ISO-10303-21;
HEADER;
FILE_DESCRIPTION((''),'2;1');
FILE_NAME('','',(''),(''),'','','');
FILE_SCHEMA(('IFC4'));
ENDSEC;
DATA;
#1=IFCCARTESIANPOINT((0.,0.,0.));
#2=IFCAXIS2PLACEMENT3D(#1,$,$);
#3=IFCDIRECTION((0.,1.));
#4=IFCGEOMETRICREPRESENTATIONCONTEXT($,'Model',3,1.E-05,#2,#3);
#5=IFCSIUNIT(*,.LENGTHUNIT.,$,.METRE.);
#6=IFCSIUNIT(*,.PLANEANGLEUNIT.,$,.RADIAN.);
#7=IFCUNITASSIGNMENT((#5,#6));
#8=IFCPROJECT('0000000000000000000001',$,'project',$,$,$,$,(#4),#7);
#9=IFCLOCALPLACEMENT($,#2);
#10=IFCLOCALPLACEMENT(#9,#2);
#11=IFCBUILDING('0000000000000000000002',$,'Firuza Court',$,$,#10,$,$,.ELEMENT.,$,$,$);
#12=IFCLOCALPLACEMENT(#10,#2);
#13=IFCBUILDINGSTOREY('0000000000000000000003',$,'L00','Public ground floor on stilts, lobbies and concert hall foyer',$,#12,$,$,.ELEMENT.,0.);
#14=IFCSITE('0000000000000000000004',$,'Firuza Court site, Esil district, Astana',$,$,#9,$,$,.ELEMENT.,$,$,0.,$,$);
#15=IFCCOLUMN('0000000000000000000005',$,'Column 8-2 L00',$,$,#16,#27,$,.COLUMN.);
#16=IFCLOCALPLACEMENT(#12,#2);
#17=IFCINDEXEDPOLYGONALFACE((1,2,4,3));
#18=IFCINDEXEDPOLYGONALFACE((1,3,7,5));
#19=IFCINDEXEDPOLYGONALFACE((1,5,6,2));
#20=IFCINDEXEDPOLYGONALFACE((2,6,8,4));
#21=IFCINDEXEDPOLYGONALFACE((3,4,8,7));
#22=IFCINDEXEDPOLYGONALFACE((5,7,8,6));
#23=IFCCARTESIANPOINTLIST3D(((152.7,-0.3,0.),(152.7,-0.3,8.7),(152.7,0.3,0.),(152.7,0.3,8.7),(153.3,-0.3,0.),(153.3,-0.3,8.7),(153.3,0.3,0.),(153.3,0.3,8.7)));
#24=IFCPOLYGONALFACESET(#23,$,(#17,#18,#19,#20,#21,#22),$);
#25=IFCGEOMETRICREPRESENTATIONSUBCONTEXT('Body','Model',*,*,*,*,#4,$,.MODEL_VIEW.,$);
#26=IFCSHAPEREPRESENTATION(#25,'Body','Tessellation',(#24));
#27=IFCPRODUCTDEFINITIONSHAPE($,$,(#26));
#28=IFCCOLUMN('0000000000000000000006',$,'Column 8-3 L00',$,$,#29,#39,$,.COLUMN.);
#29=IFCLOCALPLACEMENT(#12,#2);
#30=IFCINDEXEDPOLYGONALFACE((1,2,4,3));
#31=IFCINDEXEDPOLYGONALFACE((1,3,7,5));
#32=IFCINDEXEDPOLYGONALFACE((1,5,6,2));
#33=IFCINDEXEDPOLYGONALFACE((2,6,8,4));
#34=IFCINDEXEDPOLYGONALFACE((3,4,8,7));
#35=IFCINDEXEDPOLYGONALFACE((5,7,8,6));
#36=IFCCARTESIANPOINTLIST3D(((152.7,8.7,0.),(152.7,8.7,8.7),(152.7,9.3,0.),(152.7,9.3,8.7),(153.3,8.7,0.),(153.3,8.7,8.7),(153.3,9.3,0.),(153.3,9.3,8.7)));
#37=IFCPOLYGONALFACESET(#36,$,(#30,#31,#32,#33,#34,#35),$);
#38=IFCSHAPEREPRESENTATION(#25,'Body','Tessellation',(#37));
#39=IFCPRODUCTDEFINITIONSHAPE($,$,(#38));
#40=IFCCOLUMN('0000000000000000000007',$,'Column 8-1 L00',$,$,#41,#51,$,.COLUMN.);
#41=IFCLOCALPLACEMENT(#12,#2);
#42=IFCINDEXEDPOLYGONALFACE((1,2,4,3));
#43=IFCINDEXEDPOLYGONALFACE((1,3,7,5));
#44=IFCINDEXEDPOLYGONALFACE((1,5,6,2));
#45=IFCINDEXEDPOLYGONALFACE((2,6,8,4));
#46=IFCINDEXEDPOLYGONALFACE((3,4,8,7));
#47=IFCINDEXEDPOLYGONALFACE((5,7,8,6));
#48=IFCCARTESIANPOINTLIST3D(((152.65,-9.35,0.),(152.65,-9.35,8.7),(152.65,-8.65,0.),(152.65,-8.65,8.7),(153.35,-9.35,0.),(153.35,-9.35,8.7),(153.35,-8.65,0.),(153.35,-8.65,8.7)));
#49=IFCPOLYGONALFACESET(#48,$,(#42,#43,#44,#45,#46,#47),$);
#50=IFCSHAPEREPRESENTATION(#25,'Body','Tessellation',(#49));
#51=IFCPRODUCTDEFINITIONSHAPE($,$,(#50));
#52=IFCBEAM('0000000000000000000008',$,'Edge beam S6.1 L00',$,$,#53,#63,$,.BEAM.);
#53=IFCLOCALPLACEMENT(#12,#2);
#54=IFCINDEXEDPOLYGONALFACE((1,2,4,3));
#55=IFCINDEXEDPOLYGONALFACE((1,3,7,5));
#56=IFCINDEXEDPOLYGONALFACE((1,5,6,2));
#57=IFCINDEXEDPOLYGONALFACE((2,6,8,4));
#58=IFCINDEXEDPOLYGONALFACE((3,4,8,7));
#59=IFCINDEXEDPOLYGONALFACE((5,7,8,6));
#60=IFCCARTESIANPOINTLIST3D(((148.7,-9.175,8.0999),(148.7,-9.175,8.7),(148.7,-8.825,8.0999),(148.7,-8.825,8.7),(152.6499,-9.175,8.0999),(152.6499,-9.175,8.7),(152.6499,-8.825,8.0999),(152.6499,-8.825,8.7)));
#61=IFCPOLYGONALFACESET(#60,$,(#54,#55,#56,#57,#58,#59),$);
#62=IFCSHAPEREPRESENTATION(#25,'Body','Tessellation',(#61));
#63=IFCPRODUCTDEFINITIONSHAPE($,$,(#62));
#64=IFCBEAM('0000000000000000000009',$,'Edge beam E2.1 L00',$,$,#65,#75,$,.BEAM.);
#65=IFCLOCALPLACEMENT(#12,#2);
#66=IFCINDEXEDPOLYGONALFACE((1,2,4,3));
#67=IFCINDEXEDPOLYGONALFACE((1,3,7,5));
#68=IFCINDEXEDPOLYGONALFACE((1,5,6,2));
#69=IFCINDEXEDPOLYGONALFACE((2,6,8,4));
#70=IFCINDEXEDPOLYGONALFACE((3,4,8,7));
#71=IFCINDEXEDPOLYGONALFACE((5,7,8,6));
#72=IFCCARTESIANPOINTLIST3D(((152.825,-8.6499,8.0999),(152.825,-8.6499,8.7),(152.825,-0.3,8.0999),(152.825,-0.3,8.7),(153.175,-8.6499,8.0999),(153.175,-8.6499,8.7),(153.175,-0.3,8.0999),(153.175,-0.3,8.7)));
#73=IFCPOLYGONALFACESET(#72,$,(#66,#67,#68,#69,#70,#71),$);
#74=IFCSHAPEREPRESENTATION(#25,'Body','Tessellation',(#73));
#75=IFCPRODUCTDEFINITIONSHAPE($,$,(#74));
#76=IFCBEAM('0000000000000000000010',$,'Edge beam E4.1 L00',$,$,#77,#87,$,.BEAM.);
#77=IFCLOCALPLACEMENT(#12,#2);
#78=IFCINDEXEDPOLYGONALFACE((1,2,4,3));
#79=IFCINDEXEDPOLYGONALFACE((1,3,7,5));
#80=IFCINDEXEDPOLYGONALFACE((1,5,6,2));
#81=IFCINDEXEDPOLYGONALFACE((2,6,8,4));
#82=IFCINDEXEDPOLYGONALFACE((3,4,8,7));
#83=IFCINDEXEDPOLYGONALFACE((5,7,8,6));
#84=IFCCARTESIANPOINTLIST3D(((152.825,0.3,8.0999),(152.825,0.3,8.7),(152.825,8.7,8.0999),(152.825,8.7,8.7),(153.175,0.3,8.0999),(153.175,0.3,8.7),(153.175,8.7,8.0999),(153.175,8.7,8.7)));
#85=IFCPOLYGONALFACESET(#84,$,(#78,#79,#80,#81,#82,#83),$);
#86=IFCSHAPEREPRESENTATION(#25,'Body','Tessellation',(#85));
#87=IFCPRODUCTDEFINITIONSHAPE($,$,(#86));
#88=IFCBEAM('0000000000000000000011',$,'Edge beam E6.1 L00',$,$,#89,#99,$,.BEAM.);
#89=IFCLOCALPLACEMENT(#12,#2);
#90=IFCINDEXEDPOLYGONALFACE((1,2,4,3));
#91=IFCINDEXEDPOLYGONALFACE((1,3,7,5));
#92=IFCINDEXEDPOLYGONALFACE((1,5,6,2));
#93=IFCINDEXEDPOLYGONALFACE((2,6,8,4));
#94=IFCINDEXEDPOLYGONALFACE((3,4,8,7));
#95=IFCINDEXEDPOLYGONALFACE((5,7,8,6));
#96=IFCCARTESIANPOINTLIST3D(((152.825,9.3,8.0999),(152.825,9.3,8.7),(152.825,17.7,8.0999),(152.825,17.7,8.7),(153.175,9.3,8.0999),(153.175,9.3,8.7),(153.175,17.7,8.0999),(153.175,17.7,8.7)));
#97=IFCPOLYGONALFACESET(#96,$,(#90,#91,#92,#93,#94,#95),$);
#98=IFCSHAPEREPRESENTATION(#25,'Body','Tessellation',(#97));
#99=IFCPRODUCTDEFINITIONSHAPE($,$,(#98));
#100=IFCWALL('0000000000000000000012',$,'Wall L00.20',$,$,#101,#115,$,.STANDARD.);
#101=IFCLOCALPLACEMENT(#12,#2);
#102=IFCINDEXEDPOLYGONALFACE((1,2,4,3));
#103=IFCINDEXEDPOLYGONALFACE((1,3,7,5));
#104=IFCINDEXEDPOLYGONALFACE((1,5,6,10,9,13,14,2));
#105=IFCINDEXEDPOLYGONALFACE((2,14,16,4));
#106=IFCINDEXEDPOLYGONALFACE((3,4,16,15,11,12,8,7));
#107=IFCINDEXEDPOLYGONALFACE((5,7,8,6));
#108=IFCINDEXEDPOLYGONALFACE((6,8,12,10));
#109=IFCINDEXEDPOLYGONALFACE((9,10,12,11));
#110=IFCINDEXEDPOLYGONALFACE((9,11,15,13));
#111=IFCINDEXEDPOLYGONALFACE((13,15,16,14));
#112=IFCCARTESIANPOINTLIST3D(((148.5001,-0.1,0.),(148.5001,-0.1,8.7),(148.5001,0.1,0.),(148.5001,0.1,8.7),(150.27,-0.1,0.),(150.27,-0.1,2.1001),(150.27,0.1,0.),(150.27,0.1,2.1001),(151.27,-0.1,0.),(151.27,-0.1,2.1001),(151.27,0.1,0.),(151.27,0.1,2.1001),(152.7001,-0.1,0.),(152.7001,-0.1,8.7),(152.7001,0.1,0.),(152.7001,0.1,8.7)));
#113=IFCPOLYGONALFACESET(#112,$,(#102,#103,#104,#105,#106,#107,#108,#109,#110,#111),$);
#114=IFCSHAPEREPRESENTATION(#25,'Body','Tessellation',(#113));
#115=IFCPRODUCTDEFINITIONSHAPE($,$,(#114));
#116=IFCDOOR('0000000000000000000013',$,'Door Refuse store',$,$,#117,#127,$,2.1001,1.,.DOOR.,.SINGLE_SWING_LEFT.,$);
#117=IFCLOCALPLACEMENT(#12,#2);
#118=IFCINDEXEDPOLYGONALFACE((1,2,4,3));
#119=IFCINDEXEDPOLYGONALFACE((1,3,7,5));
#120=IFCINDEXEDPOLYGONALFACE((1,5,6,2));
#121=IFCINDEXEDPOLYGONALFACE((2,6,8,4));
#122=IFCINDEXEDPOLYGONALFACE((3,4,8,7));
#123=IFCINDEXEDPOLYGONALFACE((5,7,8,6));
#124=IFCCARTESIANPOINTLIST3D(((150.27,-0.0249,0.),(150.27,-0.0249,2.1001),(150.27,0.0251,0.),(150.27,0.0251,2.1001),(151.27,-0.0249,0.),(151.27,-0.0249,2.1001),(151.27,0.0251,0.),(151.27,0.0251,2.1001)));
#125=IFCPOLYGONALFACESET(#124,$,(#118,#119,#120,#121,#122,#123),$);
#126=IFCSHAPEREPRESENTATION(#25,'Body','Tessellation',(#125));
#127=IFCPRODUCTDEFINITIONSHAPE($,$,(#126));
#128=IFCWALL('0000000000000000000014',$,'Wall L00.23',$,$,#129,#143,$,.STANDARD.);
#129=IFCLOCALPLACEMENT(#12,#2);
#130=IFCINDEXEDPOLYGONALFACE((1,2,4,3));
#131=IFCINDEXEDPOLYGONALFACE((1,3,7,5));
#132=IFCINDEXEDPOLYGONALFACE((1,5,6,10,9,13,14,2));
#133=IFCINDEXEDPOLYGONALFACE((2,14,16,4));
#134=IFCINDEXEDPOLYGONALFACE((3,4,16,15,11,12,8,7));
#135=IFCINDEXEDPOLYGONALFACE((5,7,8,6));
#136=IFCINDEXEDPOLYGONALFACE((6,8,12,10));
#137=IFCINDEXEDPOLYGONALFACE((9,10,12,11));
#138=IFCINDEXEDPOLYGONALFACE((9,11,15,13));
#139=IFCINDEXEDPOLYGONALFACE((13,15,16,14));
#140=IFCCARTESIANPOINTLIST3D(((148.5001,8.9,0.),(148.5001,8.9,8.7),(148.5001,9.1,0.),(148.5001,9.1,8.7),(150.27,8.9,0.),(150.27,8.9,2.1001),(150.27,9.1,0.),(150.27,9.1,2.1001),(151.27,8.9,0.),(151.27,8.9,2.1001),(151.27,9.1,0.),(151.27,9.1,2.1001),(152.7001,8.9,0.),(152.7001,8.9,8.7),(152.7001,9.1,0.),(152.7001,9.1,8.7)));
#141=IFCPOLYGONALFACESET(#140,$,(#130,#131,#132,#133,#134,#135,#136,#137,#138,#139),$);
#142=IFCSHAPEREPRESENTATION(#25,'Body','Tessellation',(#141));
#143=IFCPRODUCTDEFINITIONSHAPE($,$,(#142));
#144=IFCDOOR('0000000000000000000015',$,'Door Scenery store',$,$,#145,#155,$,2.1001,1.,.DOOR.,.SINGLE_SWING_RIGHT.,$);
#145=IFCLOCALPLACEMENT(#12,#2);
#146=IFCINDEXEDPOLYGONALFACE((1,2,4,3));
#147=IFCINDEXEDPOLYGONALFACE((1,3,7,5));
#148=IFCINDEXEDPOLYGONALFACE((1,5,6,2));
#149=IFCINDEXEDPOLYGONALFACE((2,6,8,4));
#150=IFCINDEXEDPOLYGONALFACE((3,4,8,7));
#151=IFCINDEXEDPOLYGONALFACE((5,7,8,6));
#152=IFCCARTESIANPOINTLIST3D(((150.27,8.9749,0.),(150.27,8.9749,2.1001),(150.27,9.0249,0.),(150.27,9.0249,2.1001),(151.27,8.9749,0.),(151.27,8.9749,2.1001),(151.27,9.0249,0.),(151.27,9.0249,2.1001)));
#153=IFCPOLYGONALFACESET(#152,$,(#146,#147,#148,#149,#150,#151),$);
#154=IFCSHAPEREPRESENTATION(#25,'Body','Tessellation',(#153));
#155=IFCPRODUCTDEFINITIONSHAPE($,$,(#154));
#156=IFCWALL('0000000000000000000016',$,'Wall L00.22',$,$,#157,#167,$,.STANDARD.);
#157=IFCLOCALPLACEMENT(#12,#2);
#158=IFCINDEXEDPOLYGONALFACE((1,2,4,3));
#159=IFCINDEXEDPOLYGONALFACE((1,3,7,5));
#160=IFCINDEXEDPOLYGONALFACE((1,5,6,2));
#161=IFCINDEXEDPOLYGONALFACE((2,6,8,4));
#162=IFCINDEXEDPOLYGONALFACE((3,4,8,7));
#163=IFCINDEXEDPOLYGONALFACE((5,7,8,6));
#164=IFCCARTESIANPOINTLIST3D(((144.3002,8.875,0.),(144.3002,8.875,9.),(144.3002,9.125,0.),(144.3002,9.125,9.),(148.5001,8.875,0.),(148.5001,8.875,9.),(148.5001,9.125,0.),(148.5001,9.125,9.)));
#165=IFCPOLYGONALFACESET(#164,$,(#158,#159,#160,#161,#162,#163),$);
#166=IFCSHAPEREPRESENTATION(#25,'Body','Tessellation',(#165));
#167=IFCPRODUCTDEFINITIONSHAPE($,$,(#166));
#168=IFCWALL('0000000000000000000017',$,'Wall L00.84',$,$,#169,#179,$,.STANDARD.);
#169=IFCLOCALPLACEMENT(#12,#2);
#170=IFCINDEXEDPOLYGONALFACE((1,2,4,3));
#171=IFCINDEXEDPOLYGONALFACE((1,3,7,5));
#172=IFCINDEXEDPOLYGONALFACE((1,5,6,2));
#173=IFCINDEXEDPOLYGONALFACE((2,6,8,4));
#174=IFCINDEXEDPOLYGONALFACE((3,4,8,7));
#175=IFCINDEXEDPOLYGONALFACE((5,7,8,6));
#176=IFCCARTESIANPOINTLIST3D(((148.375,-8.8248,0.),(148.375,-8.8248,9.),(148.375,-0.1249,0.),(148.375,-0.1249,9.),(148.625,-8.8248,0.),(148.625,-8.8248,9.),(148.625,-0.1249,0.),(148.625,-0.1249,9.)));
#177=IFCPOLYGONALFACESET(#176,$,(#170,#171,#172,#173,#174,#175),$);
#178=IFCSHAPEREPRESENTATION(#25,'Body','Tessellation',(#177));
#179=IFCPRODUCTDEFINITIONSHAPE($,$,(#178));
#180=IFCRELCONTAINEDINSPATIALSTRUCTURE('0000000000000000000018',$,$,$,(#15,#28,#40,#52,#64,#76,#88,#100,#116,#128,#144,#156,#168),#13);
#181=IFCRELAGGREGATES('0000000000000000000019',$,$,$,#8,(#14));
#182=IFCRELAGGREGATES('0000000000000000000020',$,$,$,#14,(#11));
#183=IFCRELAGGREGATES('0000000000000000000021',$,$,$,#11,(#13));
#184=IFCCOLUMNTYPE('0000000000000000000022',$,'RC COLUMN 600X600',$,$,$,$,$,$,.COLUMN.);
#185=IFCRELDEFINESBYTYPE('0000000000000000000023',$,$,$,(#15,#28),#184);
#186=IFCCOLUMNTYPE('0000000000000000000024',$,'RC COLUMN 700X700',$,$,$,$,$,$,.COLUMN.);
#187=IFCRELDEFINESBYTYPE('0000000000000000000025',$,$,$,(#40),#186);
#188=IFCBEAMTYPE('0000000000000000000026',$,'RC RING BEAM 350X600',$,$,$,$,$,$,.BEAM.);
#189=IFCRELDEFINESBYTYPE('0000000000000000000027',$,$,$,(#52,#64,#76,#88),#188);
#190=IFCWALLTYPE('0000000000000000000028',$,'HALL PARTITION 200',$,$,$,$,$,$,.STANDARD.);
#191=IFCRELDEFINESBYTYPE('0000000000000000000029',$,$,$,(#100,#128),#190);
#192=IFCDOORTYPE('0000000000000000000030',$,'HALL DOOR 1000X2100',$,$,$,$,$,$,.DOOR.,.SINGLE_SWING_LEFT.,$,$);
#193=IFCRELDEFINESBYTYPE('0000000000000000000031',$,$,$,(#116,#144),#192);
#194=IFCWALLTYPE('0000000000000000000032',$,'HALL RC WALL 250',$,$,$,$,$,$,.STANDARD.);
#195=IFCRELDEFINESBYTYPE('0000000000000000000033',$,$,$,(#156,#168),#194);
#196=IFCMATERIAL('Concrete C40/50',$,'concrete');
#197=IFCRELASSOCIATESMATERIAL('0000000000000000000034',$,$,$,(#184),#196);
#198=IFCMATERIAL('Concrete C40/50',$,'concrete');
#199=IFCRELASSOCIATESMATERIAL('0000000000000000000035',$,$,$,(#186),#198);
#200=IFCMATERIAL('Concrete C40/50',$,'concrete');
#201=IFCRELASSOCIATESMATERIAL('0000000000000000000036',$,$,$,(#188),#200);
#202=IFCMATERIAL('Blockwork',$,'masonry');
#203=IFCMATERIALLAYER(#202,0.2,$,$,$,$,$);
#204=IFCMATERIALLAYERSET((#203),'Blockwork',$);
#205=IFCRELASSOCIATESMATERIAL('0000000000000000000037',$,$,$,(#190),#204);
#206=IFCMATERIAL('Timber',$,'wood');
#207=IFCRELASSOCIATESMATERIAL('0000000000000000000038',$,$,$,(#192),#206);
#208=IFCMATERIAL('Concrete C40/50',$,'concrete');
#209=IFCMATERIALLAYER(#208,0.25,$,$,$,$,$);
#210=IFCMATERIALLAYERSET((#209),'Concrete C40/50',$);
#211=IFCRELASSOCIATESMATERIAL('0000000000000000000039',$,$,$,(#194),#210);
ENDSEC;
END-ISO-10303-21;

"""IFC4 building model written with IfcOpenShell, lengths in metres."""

from ifc_helpers import new_model, si_unit, direction, frame, frame_2d, origin, origin_2d, place, context, subcontext, project, spatial, rectangle, extrude, material, layer, layer_set, material_profile, profile_set, type_object, element, fill, save


model = new_model("IFC4")

# Units and contexts
model_context = context("Model", 3, precision=1e-05, world=origin(), true_north=direction((0.0, 1.0)))
body_context = subcontext(model_context, "Body", "Model", "MODEL_VIEW")
ifc_project = project(units=[si_unit("LENGTHUNIT", "METRE"), si_unit("PLANEANGLEUNIT", "RADIAN")], contexts=[model_context])

# Site, building, storey
site_placement = place(None, origin())
site = spatial("IfcSite", under=ifc_project, at=site_placement, Name="Firuza Court site, Esil district, Astana", CompositionType="ELEMENT", RefElevation=0.0)
building_placement = place(site_placement, origin())
building = spatial("IfcBuilding", under=site, at=building_placement, Name="Firuza Court", CompositionType="ELEMENT")
storey_placement = place(building_placement, origin())
storey = spatial("IfcBuildingStorey", under=building, at=storey_placement, Name="L00", Description="Public ground floor on stilts, lobbies and concert hall foyer", CompositionType="ELEMENT", Elevation=0.0)

# Columns
ifc_material_1 = material(Name="Concrete C40/50", Category="concrete")
ifc_material_profile_1 = material_profile(ifc_material_1, rectangle(XDim=0.6001, YDim=0.6001, at=origin_2d()), Name="RC 600X600")
ifc_profile_set_1 = profile_set([ifc_material_profile_1], Name="Concrete C40/50")
column_type_1 = type_object("IfcColumnType", Name="RC COLUMN 600X600", PredefinedType="COLUMN", material=ifc_profile_set_1)
for number, where, z_axis, x_axis, name in (
    (1, (153.0, 0.0, 0.0), (0.0, 0.0, 1.0), (1.0, 0.0, 0.0), "Column 8-2 L00"),
    (2, (153.0, 9.0, 0.0), (0.0, 0.0, 1.0), (1.0, 0.0, 0.0), "Column 8-3 L00"),
):
    element("IfcColumn", number, at=place(storey_placement, frame(where, z_axis=z_axis, x_axis=x_axis)), inside=storey, type_object=column_type_1, Name=name, PredefinedType="COLUMN", context=body_context, shape_type="SweptSolid", body=[
        extrude(rectangle(XDim=0.6001, YDim=0.6001, at=origin_2d()), origin(), (0.0, 0.0, 1.0), 8.7),
    ])
ifc_material_2 = material(Name="Concrete C40/50", Category="concrete")
ifc_material_profile_2 = material_profile(ifc_material_2, rectangle(XDim=0.7, YDim=0.7, at=origin_2d()), Name="RC 700X700")
ifc_profile_set_2 = profile_set([ifc_material_profile_2], Name="Concrete C40/50")
column_type_2 = type_object("IfcColumnType", Name="RC COLUMN 700X700", PredefinedType="COLUMN", material=ifc_profile_set_2)
column_placement = place(storey_placement, frame((153.0, -9.0, 0.0), z_axis=(0.0, 0.0, 1.0), x_axis=(1.0, 0.0, 0.0)))
element("IfcColumn", 3, at=column_placement, inside=storey, type_object=column_type_2, Name="Column 8-1 L00", PredefinedType="COLUMN", context=body_context, shape_type="SweptSolid", body=[
    extrude(rectangle(XDim=0.7, YDim=0.7, at=origin_2d()), origin(), (0.0, 0.0, 1.0), 8.7),
])

# Beams
ifc_material_3 = material(Name="Concrete C40/50", Category="concrete")
ifc_material_profile_3 = material_profile(ifc_material_3, rectangle(XDim=0.3501, YDim=0.6001, at=origin_2d()), Name="RC 350X600")
ifc_profile_set_3 = profile_set([ifc_material_profile_3], Name="Concrete C40/50")
beam_type = type_object("IfcBeamType", Name="RC RING BEAM 350X600", PredefinedType="BEAM", material=ifc_profile_set_3)
beam_1_placement = place(storey_placement, frame((148.7, -9.0, 8.3999), z_axis=(1.0, 0.0, 0.0), x_axis=(0.0, 1.0, 0.0)))
element("IfcBeam", 4, at=beam_1_placement, inside=storey, type_object=beam_type, Name="Edge beam S6.1 L00", PredefinedType="BEAM", context=body_context, shape_type="SweptSolid", body=[
    extrude(rectangle(XDim=0.3501, YDim=0.6001, at=origin_2d()), origin(), (0.0, 0.0, 1.0), 3.95),
])
beam_2_placement = place(storey_placement, frame((153.0, -8.6499, 8.3999), z_axis=(0.0, 1.0, 0.0), x_axis=(-1.0, 0.0, 0.0)))
element("IfcBeam", 5, at=beam_2_placement, inside=storey, type_object=beam_type, Name="Edge beam E2.1 L00", PredefinedType="BEAM", context=body_context, shape_type="SweptSolid", body=[
    extrude(rectangle(XDim=0.3501, YDim=0.6001, at=origin_2d()), origin(), (0.0, 0.0, 1.0), 8.3499),
])
for number, where, z_axis, x_axis, name in (
    (6, (153.0, 0.3, 8.3999), (0.0, 1.0, 0.0), (-1.0, 0.0, 0.0), "Edge beam E4.1 L00"),
    (7, (153.0, 9.3, 8.3999), (0.0, 1.0, 0.0), (-1.0, 0.0, 0.0), "Edge beam E6.1 L00"),
):
    element("IfcBeam", number, at=place(storey_placement, frame(where, z_axis=z_axis, x_axis=x_axis)), inside=storey, type_object=beam_type, Name=name, PredefinedType="BEAM", context=body_context, shape_type="SweptSolid", body=[
        extrude(rectangle(XDim=0.3501, YDim=0.6001, at=origin_2d()), origin(), (0.0, 0.0, 1.0), 8.3999),
    ])

# Walls, openings, doors
ifc_material_4 = material(Name="Blockwork", Category="masonry")
ifc_layer_1 = layer(ifc_material_4, 0.2)
ifc_layer_set_1 = layer_set([ifc_layer_1], Name="Blockwork")
wall_type_1 = type_object("IfcWallType", Name="HALL PARTITION 200", PredefinedType="STANDARD", material=ifc_layer_set_1)
wall_1_placement = place(storey_placement, frame((148.5, 0.0, 0.0), z_axis=(0.0, 0.0, 1.0), x_axis=(1.0, 0.0, 0.0)))
wall_1 = element("IfcWall", 8, at=wall_1_placement, inside=storey, type_object=wall_type_1, Name="Wall L00.20", PredefinedType="STANDARD", context=body_context, shape_type="SweptSolid", body=[
    extrude(rectangle(XDim=4.2, YDim=0.2, at=frame_2d((2.1001, 0.0))), origin(), (0.0, 0.0, 1.0), 8.7),
])
opening_1_placement = place(wall_1_placement, frame((1.77, 0.0, 0.0)))
opening_1 = element("IfcOpeningElement", 9, at=opening_1_placement, cuts=wall_1, PredefinedType="OPENING", context=body_context, shape_type="SweptSolid", body=[
    extrude(rectangle(XDim=1.0, YDim=2.1001, at=frame_2d((0.5, 1.05))), frame((0.0, 0.1118, 0.0), z_axis=(0.0, -1.0, 0.0), x_axis=(1.0, 0.0, 0.0)), (0.0, 0.0, 1.0), 0.2239),
])
ifc_material_5 = material(Name="Timber", Category="wood")
door_type_1 = type_object("IfcDoorType", Name="HALL DOOR 1000X2100", OperationType="SINGLE_SWING_LEFT", PredefinedType="DOOR", material=ifc_material_5)
door_1_placement = place(opening_1_placement, frame((1.0, 0.0, 0.0), z_axis=(0.0, 0.0, 1.0), x_axis=(-1.0, 0.0, 0.0)))
door_1 = element("IfcDoor", 10, at=door_1_placement, inside=storey, type_object=door_type_1, Name="Door Refuse store", OperationType="SINGLE_SWING_LEFT", OverallHeight=2.1001, OverallWidth=1.0, PredefinedType="DOOR", context=body_context, shape_type="SweptSolid", body=[
    extrude(rectangle(XDim=1.0, YDim=2.1001, at=frame_2d((0.5, 1.05))), frame((0.0, 0.0249, 0.0), z_axis=(0.0, -1.0, 0.0), x_axis=(1.0, 0.0, 0.0)), (0.0, 0.0, 1.0), 0.05),
])
fill(opening_1, door_1)
wall_2_placement = place(storey_placement, frame((148.5, 9.0, 0.0), z_axis=(0.0, 0.0, 1.0), x_axis=(1.0, 0.0, 0.0)))
wall_2 = element("IfcWall", 11, at=wall_2_placement, inside=storey, type_object=wall_type_1, Name="Wall L00.23", PredefinedType="STANDARD", context=body_context, shape_type="SweptSolid", body=[
    extrude(rectangle(XDim=4.2, YDim=0.2, at=frame_2d((2.1001, 0.0))), origin(), (0.0, 0.0, 1.0), 8.7),
])
opening_2_placement = place(wall_2_placement, frame((1.77, 0.0, 0.0)))
opening_2 = element("IfcOpeningElement", 12, at=opening_2_placement, cuts=wall_2, PredefinedType="OPENING", context=body_context, shape_type="SweptSolid", body=[
    extrude(rectangle(XDim=1.0, YDim=2.1001, at=frame_2d((0.5, 1.05))), frame((0.0, 0.1118, 0.0), z_axis=(0.0, -1.0, 0.0), x_axis=(1.0, 0.0, 0.0)), (0.0, 0.0, 1.0), 0.2239),
])
door_2_placement = place(opening_2_placement, origin())
door_2 = element("IfcDoor", 13, at=door_2_placement, inside=storey, type_object=door_type_1, Name="Door Scenery store", OperationType="SINGLE_SWING_RIGHT", OverallHeight=2.1001, OverallWidth=1.0, PredefinedType="DOOR", context=body_context, shape_type="SweptSolid", body=[
    extrude(rectangle(XDim=1.0, YDim=2.1001, at=frame_2d((0.5, 1.05))), frame((0.0, 0.0249, 0.0), z_axis=(0.0, -1.0, 0.0), x_axis=(1.0, 0.0, 0.0)), (0.0, 0.0, 1.0), 0.05),
])
fill(opening_2, door_2)

# Walls
ifc_material_6 = material(Name="Concrete C40/50", Category="concrete")
ifc_layer_2 = layer(ifc_material_6, 0.25)
ifc_layer_set_2 = layer_set([ifc_layer_2], Name="Concrete C40/50")
wall_type_2 = type_object("IfcWallType", Name="HALL RC WALL 250", PredefinedType="STANDARD", material=ifc_layer_set_2)
wall_3_placement = place(storey_placement, frame((144.3, 9.0, 0.0), z_axis=(0.0, 0.0, 1.0), x_axis=(1.0, 0.0, 0.0)))
element("IfcWall", 14, at=wall_3_placement, inside=storey, type_object=wall_type_2, Name="Wall L00.22", PredefinedType="STANDARD", context=body_context, shape_type="SweptSolid", body=[
    extrude(rectangle(XDim=4.2, YDim=0.25, at=frame_2d((2.1001, 0.0))), origin(), (0.0, 0.0, 1.0), 9.0),
])
wall_4_placement = place(storey_placement, frame((148.5, -8.825, 0.0), z_axis=(0.0, 0.0, 1.0), x_axis=(0.0, 1.0, 0.0)))
element("IfcWall", 15, at=wall_4_placement, inside=storey, type_object=wall_type_2, Name="Wall L00.84", PredefinedType="STANDARD", context=body_context, shape_type="SweptSolid", body=[
    extrude(rectangle(XDim=8.7, YDim=0.25, at=frame_2d((4.3501, 0.0))), origin(), (0.0, 0.0, 1.0), 9.0),
])

save(model, "model.ifc")
